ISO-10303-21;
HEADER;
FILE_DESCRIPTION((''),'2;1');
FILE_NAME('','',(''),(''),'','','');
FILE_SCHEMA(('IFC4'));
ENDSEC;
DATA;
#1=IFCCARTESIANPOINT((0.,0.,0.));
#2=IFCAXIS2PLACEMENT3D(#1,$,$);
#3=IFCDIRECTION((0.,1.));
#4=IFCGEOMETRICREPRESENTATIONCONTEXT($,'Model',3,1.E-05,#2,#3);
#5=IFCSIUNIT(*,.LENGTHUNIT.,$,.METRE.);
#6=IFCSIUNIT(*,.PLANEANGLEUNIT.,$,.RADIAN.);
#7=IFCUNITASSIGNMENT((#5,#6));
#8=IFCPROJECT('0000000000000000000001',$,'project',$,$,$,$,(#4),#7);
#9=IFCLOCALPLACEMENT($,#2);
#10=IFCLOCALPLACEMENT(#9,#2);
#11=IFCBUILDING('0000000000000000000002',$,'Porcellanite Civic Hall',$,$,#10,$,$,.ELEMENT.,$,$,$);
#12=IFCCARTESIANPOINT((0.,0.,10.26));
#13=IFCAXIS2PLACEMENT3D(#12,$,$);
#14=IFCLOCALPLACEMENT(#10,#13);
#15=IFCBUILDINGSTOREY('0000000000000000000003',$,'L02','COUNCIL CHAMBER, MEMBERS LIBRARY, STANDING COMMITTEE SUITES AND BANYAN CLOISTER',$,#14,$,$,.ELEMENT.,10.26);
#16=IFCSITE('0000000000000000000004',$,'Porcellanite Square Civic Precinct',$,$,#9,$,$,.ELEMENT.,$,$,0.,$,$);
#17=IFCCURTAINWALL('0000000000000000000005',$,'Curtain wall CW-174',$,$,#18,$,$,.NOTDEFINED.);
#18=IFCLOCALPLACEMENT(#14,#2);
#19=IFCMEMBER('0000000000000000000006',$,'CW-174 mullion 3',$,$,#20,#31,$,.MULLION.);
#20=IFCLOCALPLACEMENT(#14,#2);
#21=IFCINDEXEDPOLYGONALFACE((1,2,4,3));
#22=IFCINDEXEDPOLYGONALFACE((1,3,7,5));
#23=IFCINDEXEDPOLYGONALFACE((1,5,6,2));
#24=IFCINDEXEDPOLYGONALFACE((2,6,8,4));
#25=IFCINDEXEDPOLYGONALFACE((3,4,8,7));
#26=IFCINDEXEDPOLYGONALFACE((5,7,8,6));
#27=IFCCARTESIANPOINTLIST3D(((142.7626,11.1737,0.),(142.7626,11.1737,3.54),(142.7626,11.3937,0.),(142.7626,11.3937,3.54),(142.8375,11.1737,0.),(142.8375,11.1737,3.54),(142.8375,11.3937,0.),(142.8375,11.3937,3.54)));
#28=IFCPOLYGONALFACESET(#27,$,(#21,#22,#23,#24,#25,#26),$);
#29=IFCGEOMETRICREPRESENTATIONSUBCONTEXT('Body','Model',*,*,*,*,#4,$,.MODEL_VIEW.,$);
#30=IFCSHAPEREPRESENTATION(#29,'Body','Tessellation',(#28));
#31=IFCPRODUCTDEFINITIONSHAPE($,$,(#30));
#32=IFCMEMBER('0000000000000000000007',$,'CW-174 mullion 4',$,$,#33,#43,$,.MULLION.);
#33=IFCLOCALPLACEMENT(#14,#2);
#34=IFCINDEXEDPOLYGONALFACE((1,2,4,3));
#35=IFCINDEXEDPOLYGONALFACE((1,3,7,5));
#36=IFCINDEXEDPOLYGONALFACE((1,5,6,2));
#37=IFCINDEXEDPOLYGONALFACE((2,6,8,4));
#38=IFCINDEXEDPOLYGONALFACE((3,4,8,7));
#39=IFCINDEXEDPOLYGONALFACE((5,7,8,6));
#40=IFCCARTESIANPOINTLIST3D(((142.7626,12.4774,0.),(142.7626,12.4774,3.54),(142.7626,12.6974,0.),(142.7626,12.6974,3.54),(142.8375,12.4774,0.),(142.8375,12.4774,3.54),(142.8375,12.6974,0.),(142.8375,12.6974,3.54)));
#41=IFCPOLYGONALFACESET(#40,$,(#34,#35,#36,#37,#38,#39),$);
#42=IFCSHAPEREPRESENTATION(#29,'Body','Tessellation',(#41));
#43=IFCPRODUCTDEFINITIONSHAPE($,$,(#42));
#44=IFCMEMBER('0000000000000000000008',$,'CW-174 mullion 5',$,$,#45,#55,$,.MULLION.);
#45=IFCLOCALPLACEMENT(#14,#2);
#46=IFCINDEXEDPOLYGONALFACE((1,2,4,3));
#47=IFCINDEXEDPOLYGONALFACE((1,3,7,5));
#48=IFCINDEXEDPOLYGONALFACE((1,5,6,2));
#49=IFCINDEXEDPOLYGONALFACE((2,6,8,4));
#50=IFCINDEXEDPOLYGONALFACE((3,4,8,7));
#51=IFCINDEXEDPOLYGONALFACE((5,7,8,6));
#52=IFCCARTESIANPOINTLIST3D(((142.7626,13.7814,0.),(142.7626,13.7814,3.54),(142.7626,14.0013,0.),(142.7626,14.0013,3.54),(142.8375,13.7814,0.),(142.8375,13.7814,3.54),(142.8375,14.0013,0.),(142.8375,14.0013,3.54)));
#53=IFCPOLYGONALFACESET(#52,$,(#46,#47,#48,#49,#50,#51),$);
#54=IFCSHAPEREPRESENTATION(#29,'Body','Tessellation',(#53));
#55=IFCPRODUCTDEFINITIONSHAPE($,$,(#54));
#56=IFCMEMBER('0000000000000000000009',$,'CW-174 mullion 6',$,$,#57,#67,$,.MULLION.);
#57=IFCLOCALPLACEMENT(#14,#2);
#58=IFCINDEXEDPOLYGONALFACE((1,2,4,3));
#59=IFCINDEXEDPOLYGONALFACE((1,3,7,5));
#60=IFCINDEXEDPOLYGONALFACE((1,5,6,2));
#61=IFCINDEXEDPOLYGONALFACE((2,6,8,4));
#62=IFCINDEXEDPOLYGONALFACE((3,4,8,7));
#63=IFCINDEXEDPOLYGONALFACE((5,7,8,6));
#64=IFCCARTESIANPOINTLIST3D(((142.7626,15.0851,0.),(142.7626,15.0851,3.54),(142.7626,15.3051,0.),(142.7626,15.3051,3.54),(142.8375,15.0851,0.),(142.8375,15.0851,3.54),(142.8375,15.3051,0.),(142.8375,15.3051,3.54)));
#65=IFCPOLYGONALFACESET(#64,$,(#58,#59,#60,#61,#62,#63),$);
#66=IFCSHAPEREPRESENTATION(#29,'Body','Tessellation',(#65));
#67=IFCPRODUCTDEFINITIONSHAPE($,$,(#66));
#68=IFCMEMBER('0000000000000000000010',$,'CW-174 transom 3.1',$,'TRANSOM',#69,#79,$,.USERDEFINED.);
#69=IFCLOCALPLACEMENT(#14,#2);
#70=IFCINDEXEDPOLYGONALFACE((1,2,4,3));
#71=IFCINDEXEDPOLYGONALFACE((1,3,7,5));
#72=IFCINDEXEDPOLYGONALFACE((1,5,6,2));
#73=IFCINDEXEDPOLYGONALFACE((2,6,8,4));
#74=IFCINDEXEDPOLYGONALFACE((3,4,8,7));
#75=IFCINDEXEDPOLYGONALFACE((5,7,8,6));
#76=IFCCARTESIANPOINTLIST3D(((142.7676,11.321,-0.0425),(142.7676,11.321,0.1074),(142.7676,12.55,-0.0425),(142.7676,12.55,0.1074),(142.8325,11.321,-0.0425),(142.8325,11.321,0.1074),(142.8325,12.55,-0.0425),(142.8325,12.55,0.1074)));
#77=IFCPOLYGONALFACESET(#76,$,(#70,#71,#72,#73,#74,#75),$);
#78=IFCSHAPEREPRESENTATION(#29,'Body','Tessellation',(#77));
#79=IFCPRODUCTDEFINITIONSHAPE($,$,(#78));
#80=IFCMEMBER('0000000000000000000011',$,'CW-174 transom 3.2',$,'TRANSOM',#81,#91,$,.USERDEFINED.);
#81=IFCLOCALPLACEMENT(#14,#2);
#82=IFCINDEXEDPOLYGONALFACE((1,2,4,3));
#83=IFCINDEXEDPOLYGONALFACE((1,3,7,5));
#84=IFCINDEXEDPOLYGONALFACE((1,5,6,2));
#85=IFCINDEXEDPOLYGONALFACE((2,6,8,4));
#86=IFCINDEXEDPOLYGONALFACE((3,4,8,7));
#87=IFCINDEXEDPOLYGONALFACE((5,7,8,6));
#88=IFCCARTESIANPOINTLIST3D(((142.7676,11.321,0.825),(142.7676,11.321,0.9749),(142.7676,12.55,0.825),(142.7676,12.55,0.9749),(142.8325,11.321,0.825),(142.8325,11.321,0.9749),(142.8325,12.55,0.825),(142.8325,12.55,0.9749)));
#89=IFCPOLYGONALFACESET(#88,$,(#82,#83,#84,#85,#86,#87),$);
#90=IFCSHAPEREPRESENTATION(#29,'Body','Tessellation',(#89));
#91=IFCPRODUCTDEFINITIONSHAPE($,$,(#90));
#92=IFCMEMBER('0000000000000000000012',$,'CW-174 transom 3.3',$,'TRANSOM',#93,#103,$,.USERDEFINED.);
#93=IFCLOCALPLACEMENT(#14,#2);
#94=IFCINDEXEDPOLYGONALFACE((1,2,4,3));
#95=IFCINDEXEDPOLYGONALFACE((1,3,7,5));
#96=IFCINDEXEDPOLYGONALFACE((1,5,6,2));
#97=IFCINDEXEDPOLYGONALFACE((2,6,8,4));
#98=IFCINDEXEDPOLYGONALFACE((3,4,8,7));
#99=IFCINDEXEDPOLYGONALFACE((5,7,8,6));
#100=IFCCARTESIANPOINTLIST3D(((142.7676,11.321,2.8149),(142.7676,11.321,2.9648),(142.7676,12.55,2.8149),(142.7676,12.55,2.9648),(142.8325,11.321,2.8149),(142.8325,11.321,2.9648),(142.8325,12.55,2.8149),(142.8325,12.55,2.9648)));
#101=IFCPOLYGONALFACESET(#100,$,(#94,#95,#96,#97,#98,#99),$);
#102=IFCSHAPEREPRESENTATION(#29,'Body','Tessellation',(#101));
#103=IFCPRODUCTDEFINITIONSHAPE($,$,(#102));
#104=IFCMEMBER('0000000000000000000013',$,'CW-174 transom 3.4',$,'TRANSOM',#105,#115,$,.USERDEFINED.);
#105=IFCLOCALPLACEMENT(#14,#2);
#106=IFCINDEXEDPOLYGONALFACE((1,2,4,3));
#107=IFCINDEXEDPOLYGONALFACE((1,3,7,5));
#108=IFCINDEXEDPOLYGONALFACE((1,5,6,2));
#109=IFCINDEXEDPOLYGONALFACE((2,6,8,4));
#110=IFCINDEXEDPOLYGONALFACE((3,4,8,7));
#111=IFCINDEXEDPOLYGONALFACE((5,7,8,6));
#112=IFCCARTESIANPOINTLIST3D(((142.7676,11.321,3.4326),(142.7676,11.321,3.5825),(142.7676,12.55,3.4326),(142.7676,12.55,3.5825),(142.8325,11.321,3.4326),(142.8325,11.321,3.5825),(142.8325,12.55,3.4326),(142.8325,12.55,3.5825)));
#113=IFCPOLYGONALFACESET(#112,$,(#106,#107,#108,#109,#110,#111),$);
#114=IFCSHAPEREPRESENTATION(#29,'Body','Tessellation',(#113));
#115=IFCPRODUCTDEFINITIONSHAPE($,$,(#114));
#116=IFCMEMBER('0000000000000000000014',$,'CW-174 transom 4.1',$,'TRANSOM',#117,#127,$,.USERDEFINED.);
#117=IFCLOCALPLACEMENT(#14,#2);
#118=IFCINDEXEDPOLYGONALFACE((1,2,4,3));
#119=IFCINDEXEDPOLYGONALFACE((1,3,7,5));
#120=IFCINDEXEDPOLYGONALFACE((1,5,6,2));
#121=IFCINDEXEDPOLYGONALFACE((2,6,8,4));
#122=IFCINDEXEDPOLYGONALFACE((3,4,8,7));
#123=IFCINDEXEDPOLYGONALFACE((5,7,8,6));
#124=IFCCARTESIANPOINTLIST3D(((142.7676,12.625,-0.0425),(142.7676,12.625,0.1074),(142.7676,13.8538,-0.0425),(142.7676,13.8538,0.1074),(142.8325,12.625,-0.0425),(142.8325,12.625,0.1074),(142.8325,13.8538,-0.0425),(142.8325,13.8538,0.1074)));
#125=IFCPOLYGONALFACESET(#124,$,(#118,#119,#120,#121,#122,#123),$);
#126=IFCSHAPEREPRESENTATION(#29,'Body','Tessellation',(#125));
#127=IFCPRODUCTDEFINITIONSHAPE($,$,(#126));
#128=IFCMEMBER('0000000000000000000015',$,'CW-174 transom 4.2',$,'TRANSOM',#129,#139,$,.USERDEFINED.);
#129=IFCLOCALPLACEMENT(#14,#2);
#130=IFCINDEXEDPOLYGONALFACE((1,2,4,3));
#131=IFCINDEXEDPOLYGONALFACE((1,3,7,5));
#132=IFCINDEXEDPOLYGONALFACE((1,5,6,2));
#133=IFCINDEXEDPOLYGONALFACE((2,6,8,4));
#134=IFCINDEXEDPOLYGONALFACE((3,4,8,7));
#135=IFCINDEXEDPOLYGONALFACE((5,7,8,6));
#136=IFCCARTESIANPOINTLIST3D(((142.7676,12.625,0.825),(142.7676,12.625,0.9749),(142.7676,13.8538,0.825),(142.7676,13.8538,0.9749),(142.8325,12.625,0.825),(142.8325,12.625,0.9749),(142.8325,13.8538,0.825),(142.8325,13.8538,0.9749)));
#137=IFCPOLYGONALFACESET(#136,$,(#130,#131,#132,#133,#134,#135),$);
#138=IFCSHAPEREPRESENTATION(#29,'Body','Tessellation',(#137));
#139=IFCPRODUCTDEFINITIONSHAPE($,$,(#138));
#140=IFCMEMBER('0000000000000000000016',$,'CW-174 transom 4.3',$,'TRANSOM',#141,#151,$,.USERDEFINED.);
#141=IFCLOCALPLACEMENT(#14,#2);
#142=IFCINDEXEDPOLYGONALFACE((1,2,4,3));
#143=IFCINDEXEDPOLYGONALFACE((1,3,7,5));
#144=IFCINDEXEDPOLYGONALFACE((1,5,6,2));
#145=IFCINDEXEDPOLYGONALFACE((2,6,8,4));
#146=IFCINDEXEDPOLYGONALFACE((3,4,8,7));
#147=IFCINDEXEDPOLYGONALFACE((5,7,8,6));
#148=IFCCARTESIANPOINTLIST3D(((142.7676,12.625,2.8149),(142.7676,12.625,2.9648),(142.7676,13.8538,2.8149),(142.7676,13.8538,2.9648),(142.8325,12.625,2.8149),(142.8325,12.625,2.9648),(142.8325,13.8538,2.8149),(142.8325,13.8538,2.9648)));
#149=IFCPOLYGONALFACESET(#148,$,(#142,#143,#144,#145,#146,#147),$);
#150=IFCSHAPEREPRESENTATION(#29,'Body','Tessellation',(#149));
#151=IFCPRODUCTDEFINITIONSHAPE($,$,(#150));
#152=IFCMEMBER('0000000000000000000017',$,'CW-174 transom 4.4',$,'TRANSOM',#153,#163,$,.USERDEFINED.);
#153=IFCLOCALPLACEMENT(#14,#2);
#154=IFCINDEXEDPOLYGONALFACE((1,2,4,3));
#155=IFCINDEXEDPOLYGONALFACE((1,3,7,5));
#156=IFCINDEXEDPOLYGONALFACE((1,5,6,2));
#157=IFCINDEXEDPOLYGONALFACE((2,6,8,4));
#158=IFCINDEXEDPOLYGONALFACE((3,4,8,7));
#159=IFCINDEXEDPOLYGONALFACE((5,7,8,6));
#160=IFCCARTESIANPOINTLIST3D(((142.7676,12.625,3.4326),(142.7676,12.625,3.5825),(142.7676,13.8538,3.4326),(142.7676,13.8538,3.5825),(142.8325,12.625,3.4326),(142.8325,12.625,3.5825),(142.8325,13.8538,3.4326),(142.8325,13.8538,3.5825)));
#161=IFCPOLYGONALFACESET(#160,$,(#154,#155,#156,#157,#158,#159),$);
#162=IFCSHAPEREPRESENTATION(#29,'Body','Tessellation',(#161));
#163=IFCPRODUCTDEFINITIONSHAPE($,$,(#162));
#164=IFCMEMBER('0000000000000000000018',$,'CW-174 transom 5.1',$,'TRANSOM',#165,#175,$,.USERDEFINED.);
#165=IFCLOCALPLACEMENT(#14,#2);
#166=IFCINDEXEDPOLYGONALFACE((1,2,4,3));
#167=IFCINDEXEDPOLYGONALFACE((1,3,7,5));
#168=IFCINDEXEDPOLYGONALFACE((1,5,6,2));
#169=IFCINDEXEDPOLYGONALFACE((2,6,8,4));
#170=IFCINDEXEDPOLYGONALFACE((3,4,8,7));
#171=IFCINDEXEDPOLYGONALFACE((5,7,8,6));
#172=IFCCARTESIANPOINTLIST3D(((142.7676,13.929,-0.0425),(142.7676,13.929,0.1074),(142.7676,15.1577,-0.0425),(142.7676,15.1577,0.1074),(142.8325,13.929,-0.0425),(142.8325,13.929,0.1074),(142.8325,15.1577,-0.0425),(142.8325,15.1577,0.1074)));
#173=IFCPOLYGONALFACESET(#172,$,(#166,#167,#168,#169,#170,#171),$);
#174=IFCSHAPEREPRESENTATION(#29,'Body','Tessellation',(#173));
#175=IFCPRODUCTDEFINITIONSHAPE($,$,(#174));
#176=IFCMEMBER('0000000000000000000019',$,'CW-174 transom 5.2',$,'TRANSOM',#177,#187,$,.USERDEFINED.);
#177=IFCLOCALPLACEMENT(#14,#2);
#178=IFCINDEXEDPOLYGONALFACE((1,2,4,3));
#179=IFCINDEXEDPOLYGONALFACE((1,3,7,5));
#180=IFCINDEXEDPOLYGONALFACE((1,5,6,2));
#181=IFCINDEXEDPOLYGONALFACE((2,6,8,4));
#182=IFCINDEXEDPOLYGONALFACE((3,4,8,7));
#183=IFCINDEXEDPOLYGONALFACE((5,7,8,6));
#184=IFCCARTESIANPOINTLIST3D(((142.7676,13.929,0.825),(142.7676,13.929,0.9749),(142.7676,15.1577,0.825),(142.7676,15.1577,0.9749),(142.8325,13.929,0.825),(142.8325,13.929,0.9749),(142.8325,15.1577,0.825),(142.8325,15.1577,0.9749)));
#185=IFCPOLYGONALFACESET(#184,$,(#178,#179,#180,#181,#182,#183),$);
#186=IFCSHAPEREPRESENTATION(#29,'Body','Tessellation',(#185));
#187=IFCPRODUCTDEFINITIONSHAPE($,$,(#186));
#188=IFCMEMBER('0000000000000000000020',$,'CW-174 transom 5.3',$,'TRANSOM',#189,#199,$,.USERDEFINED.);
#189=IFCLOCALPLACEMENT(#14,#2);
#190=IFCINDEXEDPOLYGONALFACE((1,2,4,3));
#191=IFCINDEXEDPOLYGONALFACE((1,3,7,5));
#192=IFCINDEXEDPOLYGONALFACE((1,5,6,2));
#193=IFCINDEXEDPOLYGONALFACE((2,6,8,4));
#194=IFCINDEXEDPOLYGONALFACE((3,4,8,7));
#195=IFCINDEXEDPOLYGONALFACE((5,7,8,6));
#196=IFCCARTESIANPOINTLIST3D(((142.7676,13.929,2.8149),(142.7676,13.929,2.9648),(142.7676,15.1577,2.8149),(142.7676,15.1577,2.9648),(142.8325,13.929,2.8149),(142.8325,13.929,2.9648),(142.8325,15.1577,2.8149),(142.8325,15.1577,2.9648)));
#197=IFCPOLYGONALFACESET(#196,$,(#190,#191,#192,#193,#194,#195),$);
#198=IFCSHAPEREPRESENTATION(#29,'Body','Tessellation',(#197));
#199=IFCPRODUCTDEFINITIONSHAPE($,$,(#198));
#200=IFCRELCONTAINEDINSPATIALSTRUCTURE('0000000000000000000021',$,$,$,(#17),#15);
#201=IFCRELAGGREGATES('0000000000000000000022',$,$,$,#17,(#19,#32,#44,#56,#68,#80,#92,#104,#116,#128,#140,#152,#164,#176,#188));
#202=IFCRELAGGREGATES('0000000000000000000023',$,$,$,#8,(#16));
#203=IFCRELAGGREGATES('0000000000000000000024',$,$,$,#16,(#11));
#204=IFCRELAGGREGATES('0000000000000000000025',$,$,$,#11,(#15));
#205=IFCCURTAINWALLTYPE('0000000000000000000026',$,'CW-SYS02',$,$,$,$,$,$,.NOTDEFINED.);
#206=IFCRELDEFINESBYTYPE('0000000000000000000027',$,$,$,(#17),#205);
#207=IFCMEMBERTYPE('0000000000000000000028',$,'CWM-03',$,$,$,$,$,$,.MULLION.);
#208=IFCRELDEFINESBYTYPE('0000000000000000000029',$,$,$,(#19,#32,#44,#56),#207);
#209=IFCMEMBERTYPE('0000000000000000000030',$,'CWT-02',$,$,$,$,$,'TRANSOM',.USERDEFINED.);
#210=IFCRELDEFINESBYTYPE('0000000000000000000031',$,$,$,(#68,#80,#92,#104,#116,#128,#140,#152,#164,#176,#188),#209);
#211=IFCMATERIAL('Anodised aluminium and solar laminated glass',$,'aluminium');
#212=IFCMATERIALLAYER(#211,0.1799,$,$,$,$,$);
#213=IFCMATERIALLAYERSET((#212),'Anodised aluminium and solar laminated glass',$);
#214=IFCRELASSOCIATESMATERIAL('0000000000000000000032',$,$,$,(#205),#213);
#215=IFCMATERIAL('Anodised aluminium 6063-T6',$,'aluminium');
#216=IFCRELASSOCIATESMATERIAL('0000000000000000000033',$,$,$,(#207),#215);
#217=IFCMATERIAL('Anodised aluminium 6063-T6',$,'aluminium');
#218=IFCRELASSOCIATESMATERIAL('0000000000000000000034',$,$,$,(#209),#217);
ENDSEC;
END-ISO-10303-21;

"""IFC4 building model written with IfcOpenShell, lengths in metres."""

from ifc_helpers import new_model, si_unit, direction, frame, origin, origin_2d, place, context, subcontext, project, spatial, rectangle, extrude, material, layer, layer_set, material_profile, profile_set, type_object, element, aggregate, save


model = new_model("IFC4")

# Units and contexts
model_context = context("Model", 3, precision=1e-05, world=origin(), true_north=direction((0.0, 1.0)))
body_context = subcontext(model_context, "Body", "Model", "MODEL_VIEW")
ifc_project = project(units=[si_unit("LENGTHUNIT", "METRE"), si_unit("PLANEANGLEUNIT", "RADIAN")], contexts=[model_context])

# Site, building, storey
site_placement = place(None, origin())
site = spatial("IfcSite", under=ifc_project, at=site_placement, Name="Porcellanite Square Civic Precinct", CompositionType="ELEMENT", RefElevation=0.0)
building_placement = place(site_placement, origin())
building = spatial("IfcBuilding", under=site, at=building_placement, Name="Porcellanite Civic Hall", CompositionType="ELEMENT")
storey_placement = place(building_placement, frame((0.0, 0.0, 10.26)))
storey = spatial("IfcBuildingStorey", under=building, at=storey_placement, Name="L02", Description="COUNCIL CHAMBER, MEMBERS LIBRARY, STANDING COMMITTEE SUITES AND BANYAN CLOISTER", CompositionType="ELEMENT", Elevation=10.26)

# Curtain wall, members
ifc_material_1 = material(Name="Anodised aluminium and solar laminated glass", Category="aluminium")
ifc_layer_1 = layer(ifc_material_1, 0.1799)
ifc_layer_set_1 = layer_set([ifc_layer_1], Name="Anodised aluminium and solar laminated glass")
curtain_wall_type = type_object("IfcCurtainWallType", Name="CW-SYS02", PredefinedType="NOTDEFINED", material=ifc_layer_set_1)
curtain_wall_placement = place(storey_placement, origin())
curtain_wall = element("IfcCurtainWall", 1, at=curtain_wall_placement, inside=storey, type_object=curtain_wall_type, Name="Curtain wall CW-174", PredefinedType="NOTDEFINED")
ifc_material_2 = material(Name="Anodised aluminium 6063-T6", Category="aluminium")
ifc_material_profile_1 = material_profile(ifc_material_2, rectangle(XDim=0.075, YDim=0.22, at=origin_2d()), Name="AL-75x220")
ifc_profile_set_1 = profile_set([ifc_material_profile_1], Name="Anodised aluminium 6063-T6")
member_type_1 = type_object("IfcMemberType", Name="CWM-03", PredefinedType="MULLION", material=ifc_profile_set_1)
member_1_placement = place(storey_placement, frame((142.8, 11.2837, 0.0), z_axis=(0.0, 0.0, 1.0), x_axis=(-1.0, 0.0, 0.0)))
member_1 = element("IfcMember", 2, at=member_1_placement, type_object=member_type_1, Name="CW-174 mullion 3", PredefinedType="MULLION", context=body_context, shape_type="SweptSolid", body=[
    extrude(rectangle(XDim=0.075, YDim=0.22, at=origin_2d()), origin(), (0.0, 0.0, 1.0), 3.54),
])
member_2_placement = place(storey_placement, frame((142.8, 12.5874, 0.0), z_axis=(0.0, 0.0, 1.0), x_axis=(-1.0, 0.0, 0.0)))
member_2 = element("IfcMember", 3, at=member_2_placement, type_object=member_type_1, Name="CW-174 mullion 4", PredefinedType="MULLION", context=body_context, shape_type="SweptSolid", body=[
    extrude(rectangle(XDim=0.075, YDim=0.22, at=origin_2d()), origin(), (0.0, 0.0, 1.0), 3.54),
])
member_3_placement = place(storey_placement, frame((142.8, 13.8914, 0.0), z_axis=(0.0, 0.0, 1.0), x_axis=(-1.0, 0.0, 0.0)))
member_3 = element("IfcMember", 4, at=member_3_placement, type_object=member_type_1, Name="CW-174 mullion 5", PredefinedType="MULLION", context=body_context, shape_type="SweptSolid", body=[
    extrude(rectangle(XDim=0.075, YDim=0.22, at=origin_2d()), origin(), (0.0, 0.0, 1.0), 3.54),
])
member_4_placement = place(storey_placement, frame((142.8, 15.1951, 0.0), z_axis=(0.0, 0.0, 1.0), x_axis=(-1.0, 0.0, 0.0)))
member_4 = element("IfcMember", 5, at=member_4_placement, type_object=member_type_1, Name="CW-174 mullion 6", PredefinedType="MULLION", context=body_context, shape_type="SweptSolid", body=[
    extrude(rectangle(XDim=0.075, YDim=0.22, at=origin_2d()), origin(), (0.0, 0.0, 1.0), 3.54),
])
ifc_material_3 = material(Name="Anodised aluminium 6063-T6", Category="aluminium")
ifc_material_profile_2 = material_profile(ifc_material_3, rectangle(XDim=0.0649, YDim=0.1499, at=origin_2d()), Name="AL-65x150")
ifc_profile_set_2 = profile_set([ifc_material_profile_2], Name="Anodised aluminium 6063-T6")
member_type_2 = type_object("IfcMemberType", Name="CWT-02", ElementType="TRANSOM", PredefinedType="USERDEFINED", material=ifc_profile_set_2)
member_5_placement = place(storey_placement, frame((142.8, 11.321, 0.0325), z_axis=(0.0, 1.0, 0.0), x_axis=(-1.0, 0.0, 0.0)))
member_5 = element("IfcMember", 6, at=member_5_placement, type_object=member_type_2, Name="CW-174 transom 3.1", ObjectType="TRANSOM", PredefinedType="USERDEFINED", context=body_context, shape_type="SweptSolid", body=[
    extrude(rectangle(XDim=0.0649, YDim=0.1499, at=origin_2d()), origin(), (0.0, 0.0, 1.0), 1.229),
])
member_6_placement = place(storey_placement, frame((142.8, 11.321, 0.8999), z_axis=(0.0, 1.0, 0.0), x_axis=(-1.0, 0.0, 0.0)))
member_6 = element("IfcMember", 7, at=member_6_placement, type_object=member_type_2, Name="CW-174 transom 3.2", ObjectType="TRANSOM", PredefinedType="USERDEFINED", context=body_context, shape_type="SweptSolid", body=[
    extrude(rectangle(XDim=0.0649, YDim=0.1499, at=origin_2d()), origin(), (0.0, 0.0, 1.0), 1.229),
])
member_7_placement = place(storey_placement, frame((142.8, 11.321, 2.8899), z_axis=(0.0, 1.0, 0.0), x_axis=(-1.0, 0.0, 0.0)))
member_7 = element("IfcMember", 8, at=member_7_placement, type_object=member_type_2, Name="CW-174 transom 3.3", ObjectType="TRANSOM", PredefinedType="USERDEFINED", context=body_context, shape_type="SweptSolid", body=[
    extrude(rectangle(XDim=0.0649, YDim=0.1499, at=origin_2d()), origin(), (0.0, 0.0, 1.0), 1.229),
])
member_8_placement = place(storey_placement, frame((142.8, 11.321, 3.5076), z_axis=(0.0, 1.0, 0.0), x_axis=(-1.0, 0.0, 0.0)))
member_8 = element("IfcMember", 9, at=member_8_placement, type_object=member_type_2, Name="CW-174 transom 3.4", ObjectType="TRANSOM", PredefinedType="USERDEFINED", context=body_context, shape_type="SweptSolid", body=[
    extrude(rectangle(XDim=0.0649, YDim=0.1499, at=origin_2d()), origin(), (0.0, 0.0, 1.0), 1.229),
])
member_9_placement = place(storey_placement, frame((142.8, 12.625, 0.0325), z_axis=(0.0, 1.0, 0.0), x_axis=(-1.0, 0.0, 0.0)))
member_9 = element("IfcMember", 10, at=member_9_placement, type_object=member_type_2, Name="CW-174 transom 4.1", ObjectType="TRANSOM", PredefinedType="USERDEFINED", context=body_context, shape_type="SweptSolid", body=[
    extrude(rectangle(XDim=0.0649, YDim=0.1499, at=origin_2d()), origin(), (0.0, 0.0, 1.0), 1.2288),
])
member_10_placement = place(storey_placement, frame((142.8, 12.625, 0.8999), z_axis=(0.0, 1.0, 0.0), x_axis=(-1.0, 0.0, 0.0)))
member_10 = element("IfcMember", 11, at=member_10_placement, type_object=member_type_2, Name="CW-174 transom 4.2", ObjectType="TRANSOM", PredefinedType="USERDEFINED", context=body_context, shape_type="SweptSolid", body=[
    extrude(rectangle(XDim=0.0649, YDim=0.1499, at=origin_2d()), origin(), (0.0, 0.0, 1.0), 1.2288),
])
member_11_placement = place(storey_placement, frame((142.8, 12.625, 2.8899), z_axis=(0.0, 1.0, 0.0), x_axis=(-1.0, 0.0, 0.0)))
member_11 = element("IfcMember", 12, at=member_11_placement, type_object=member_type_2, Name="CW-174 transom 4.3", ObjectType="TRANSOM", PredefinedType="USERDEFINED", context=body_context, shape_type="SweptSolid", body=[
    extrude(rectangle(XDim=0.0649, YDim=0.1499, at=origin_2d()), origin(), (0.0, 0.0, 1.0), 1.2288),
])
member_12_placement = place(storey_placement, frame((142.8, 12.625, 3.5076), z_axis=(0.0, 1.0, 0.0), x_axis=(-1.0, 0.0, 0.0)))
member_12 = element("IfcMember", 13, at=member_12_placement, type_object=member_type_2, Name="CW-174 transom 4.4", ObjectType="TRANSOM", PredefinedType="USERDEFINED", context=body_context, shape_type="SweptSolid", body=[
    extrude(rectangle(XDim=0.0649, YDim=0.1499, at=origin_2d()), origin(), (0.0, 0.0, 1.0), 1.2288),
])
member_13_placement = place(storey_placement, frame((142.8, 13.929, 0.0325), z_axis=(0.0, 1.0, 0.0), x_axis=(-1.0, 0.0, 0.0)))
member_13 = element("IfcMember", 14, at=member_13_placement, type_object=member_type_2, Name="CW-174 transom 5.1", ObjectType="TRANSOM", PredefinedType="USERDEFINED", context=body_context, shape_type="SweptSolid", body=[
    extrude(rectangle(XDim=0.0649, YDim=0.1499, at=origin_2d()), origin(), (0.0, 0.0, 1.0), 1.2288),
])
member_14_placement = place(storey_placement, frame((142.8, 13.929, 0.8999), z_axis=(0.0, 1.0, 0.0), x_axis=(-1.0, 0.0, 0.0)))
member_14 = element("IfcMember", 15, at=member_14_placement, type_object=member_type_2, Name="CW-174 transom 5.2", ObjectType="TRANSOM", PredefinedType="USERDEFINED", context=body_context, shape_type="SweptSolid", body=[
    extrude(rectangle(XDim=0.0649, YDim=0.1499, at=origin_2d()), origin(), (0.0, 0.0, 1.0), 1.2288),
])
member_15_placement = place(storey_placement, frame((142.8, 13.929, 2.8899), z_axis=(0.0, 1.0, 0.0), x_axis=(-1.0, 0.0, 0.0)))
member_15 = element("IfcMember", 16, at=member_15_placement, type_object=member_type_2, Name="CW-174 transom 5.3", ObjectType="TRANSOM", PredefinedType="USERDEFINED", context=body_context, shape_type="SweptSolid", body=[
    extrude(rectangle(XDim=0.0649, YDim=0.1499, at=origin_2d()), origin(), (0.0, 0.0, 1.0), 1.2288),
])
aggregate(curtain_wall, [member_1, member_2, member_3, member_4, member_5, member_6, member_7, member_8, member_9, member_10, member_11, member_12, member_13, member_14, member_15])

save(model, "model.ifc")
